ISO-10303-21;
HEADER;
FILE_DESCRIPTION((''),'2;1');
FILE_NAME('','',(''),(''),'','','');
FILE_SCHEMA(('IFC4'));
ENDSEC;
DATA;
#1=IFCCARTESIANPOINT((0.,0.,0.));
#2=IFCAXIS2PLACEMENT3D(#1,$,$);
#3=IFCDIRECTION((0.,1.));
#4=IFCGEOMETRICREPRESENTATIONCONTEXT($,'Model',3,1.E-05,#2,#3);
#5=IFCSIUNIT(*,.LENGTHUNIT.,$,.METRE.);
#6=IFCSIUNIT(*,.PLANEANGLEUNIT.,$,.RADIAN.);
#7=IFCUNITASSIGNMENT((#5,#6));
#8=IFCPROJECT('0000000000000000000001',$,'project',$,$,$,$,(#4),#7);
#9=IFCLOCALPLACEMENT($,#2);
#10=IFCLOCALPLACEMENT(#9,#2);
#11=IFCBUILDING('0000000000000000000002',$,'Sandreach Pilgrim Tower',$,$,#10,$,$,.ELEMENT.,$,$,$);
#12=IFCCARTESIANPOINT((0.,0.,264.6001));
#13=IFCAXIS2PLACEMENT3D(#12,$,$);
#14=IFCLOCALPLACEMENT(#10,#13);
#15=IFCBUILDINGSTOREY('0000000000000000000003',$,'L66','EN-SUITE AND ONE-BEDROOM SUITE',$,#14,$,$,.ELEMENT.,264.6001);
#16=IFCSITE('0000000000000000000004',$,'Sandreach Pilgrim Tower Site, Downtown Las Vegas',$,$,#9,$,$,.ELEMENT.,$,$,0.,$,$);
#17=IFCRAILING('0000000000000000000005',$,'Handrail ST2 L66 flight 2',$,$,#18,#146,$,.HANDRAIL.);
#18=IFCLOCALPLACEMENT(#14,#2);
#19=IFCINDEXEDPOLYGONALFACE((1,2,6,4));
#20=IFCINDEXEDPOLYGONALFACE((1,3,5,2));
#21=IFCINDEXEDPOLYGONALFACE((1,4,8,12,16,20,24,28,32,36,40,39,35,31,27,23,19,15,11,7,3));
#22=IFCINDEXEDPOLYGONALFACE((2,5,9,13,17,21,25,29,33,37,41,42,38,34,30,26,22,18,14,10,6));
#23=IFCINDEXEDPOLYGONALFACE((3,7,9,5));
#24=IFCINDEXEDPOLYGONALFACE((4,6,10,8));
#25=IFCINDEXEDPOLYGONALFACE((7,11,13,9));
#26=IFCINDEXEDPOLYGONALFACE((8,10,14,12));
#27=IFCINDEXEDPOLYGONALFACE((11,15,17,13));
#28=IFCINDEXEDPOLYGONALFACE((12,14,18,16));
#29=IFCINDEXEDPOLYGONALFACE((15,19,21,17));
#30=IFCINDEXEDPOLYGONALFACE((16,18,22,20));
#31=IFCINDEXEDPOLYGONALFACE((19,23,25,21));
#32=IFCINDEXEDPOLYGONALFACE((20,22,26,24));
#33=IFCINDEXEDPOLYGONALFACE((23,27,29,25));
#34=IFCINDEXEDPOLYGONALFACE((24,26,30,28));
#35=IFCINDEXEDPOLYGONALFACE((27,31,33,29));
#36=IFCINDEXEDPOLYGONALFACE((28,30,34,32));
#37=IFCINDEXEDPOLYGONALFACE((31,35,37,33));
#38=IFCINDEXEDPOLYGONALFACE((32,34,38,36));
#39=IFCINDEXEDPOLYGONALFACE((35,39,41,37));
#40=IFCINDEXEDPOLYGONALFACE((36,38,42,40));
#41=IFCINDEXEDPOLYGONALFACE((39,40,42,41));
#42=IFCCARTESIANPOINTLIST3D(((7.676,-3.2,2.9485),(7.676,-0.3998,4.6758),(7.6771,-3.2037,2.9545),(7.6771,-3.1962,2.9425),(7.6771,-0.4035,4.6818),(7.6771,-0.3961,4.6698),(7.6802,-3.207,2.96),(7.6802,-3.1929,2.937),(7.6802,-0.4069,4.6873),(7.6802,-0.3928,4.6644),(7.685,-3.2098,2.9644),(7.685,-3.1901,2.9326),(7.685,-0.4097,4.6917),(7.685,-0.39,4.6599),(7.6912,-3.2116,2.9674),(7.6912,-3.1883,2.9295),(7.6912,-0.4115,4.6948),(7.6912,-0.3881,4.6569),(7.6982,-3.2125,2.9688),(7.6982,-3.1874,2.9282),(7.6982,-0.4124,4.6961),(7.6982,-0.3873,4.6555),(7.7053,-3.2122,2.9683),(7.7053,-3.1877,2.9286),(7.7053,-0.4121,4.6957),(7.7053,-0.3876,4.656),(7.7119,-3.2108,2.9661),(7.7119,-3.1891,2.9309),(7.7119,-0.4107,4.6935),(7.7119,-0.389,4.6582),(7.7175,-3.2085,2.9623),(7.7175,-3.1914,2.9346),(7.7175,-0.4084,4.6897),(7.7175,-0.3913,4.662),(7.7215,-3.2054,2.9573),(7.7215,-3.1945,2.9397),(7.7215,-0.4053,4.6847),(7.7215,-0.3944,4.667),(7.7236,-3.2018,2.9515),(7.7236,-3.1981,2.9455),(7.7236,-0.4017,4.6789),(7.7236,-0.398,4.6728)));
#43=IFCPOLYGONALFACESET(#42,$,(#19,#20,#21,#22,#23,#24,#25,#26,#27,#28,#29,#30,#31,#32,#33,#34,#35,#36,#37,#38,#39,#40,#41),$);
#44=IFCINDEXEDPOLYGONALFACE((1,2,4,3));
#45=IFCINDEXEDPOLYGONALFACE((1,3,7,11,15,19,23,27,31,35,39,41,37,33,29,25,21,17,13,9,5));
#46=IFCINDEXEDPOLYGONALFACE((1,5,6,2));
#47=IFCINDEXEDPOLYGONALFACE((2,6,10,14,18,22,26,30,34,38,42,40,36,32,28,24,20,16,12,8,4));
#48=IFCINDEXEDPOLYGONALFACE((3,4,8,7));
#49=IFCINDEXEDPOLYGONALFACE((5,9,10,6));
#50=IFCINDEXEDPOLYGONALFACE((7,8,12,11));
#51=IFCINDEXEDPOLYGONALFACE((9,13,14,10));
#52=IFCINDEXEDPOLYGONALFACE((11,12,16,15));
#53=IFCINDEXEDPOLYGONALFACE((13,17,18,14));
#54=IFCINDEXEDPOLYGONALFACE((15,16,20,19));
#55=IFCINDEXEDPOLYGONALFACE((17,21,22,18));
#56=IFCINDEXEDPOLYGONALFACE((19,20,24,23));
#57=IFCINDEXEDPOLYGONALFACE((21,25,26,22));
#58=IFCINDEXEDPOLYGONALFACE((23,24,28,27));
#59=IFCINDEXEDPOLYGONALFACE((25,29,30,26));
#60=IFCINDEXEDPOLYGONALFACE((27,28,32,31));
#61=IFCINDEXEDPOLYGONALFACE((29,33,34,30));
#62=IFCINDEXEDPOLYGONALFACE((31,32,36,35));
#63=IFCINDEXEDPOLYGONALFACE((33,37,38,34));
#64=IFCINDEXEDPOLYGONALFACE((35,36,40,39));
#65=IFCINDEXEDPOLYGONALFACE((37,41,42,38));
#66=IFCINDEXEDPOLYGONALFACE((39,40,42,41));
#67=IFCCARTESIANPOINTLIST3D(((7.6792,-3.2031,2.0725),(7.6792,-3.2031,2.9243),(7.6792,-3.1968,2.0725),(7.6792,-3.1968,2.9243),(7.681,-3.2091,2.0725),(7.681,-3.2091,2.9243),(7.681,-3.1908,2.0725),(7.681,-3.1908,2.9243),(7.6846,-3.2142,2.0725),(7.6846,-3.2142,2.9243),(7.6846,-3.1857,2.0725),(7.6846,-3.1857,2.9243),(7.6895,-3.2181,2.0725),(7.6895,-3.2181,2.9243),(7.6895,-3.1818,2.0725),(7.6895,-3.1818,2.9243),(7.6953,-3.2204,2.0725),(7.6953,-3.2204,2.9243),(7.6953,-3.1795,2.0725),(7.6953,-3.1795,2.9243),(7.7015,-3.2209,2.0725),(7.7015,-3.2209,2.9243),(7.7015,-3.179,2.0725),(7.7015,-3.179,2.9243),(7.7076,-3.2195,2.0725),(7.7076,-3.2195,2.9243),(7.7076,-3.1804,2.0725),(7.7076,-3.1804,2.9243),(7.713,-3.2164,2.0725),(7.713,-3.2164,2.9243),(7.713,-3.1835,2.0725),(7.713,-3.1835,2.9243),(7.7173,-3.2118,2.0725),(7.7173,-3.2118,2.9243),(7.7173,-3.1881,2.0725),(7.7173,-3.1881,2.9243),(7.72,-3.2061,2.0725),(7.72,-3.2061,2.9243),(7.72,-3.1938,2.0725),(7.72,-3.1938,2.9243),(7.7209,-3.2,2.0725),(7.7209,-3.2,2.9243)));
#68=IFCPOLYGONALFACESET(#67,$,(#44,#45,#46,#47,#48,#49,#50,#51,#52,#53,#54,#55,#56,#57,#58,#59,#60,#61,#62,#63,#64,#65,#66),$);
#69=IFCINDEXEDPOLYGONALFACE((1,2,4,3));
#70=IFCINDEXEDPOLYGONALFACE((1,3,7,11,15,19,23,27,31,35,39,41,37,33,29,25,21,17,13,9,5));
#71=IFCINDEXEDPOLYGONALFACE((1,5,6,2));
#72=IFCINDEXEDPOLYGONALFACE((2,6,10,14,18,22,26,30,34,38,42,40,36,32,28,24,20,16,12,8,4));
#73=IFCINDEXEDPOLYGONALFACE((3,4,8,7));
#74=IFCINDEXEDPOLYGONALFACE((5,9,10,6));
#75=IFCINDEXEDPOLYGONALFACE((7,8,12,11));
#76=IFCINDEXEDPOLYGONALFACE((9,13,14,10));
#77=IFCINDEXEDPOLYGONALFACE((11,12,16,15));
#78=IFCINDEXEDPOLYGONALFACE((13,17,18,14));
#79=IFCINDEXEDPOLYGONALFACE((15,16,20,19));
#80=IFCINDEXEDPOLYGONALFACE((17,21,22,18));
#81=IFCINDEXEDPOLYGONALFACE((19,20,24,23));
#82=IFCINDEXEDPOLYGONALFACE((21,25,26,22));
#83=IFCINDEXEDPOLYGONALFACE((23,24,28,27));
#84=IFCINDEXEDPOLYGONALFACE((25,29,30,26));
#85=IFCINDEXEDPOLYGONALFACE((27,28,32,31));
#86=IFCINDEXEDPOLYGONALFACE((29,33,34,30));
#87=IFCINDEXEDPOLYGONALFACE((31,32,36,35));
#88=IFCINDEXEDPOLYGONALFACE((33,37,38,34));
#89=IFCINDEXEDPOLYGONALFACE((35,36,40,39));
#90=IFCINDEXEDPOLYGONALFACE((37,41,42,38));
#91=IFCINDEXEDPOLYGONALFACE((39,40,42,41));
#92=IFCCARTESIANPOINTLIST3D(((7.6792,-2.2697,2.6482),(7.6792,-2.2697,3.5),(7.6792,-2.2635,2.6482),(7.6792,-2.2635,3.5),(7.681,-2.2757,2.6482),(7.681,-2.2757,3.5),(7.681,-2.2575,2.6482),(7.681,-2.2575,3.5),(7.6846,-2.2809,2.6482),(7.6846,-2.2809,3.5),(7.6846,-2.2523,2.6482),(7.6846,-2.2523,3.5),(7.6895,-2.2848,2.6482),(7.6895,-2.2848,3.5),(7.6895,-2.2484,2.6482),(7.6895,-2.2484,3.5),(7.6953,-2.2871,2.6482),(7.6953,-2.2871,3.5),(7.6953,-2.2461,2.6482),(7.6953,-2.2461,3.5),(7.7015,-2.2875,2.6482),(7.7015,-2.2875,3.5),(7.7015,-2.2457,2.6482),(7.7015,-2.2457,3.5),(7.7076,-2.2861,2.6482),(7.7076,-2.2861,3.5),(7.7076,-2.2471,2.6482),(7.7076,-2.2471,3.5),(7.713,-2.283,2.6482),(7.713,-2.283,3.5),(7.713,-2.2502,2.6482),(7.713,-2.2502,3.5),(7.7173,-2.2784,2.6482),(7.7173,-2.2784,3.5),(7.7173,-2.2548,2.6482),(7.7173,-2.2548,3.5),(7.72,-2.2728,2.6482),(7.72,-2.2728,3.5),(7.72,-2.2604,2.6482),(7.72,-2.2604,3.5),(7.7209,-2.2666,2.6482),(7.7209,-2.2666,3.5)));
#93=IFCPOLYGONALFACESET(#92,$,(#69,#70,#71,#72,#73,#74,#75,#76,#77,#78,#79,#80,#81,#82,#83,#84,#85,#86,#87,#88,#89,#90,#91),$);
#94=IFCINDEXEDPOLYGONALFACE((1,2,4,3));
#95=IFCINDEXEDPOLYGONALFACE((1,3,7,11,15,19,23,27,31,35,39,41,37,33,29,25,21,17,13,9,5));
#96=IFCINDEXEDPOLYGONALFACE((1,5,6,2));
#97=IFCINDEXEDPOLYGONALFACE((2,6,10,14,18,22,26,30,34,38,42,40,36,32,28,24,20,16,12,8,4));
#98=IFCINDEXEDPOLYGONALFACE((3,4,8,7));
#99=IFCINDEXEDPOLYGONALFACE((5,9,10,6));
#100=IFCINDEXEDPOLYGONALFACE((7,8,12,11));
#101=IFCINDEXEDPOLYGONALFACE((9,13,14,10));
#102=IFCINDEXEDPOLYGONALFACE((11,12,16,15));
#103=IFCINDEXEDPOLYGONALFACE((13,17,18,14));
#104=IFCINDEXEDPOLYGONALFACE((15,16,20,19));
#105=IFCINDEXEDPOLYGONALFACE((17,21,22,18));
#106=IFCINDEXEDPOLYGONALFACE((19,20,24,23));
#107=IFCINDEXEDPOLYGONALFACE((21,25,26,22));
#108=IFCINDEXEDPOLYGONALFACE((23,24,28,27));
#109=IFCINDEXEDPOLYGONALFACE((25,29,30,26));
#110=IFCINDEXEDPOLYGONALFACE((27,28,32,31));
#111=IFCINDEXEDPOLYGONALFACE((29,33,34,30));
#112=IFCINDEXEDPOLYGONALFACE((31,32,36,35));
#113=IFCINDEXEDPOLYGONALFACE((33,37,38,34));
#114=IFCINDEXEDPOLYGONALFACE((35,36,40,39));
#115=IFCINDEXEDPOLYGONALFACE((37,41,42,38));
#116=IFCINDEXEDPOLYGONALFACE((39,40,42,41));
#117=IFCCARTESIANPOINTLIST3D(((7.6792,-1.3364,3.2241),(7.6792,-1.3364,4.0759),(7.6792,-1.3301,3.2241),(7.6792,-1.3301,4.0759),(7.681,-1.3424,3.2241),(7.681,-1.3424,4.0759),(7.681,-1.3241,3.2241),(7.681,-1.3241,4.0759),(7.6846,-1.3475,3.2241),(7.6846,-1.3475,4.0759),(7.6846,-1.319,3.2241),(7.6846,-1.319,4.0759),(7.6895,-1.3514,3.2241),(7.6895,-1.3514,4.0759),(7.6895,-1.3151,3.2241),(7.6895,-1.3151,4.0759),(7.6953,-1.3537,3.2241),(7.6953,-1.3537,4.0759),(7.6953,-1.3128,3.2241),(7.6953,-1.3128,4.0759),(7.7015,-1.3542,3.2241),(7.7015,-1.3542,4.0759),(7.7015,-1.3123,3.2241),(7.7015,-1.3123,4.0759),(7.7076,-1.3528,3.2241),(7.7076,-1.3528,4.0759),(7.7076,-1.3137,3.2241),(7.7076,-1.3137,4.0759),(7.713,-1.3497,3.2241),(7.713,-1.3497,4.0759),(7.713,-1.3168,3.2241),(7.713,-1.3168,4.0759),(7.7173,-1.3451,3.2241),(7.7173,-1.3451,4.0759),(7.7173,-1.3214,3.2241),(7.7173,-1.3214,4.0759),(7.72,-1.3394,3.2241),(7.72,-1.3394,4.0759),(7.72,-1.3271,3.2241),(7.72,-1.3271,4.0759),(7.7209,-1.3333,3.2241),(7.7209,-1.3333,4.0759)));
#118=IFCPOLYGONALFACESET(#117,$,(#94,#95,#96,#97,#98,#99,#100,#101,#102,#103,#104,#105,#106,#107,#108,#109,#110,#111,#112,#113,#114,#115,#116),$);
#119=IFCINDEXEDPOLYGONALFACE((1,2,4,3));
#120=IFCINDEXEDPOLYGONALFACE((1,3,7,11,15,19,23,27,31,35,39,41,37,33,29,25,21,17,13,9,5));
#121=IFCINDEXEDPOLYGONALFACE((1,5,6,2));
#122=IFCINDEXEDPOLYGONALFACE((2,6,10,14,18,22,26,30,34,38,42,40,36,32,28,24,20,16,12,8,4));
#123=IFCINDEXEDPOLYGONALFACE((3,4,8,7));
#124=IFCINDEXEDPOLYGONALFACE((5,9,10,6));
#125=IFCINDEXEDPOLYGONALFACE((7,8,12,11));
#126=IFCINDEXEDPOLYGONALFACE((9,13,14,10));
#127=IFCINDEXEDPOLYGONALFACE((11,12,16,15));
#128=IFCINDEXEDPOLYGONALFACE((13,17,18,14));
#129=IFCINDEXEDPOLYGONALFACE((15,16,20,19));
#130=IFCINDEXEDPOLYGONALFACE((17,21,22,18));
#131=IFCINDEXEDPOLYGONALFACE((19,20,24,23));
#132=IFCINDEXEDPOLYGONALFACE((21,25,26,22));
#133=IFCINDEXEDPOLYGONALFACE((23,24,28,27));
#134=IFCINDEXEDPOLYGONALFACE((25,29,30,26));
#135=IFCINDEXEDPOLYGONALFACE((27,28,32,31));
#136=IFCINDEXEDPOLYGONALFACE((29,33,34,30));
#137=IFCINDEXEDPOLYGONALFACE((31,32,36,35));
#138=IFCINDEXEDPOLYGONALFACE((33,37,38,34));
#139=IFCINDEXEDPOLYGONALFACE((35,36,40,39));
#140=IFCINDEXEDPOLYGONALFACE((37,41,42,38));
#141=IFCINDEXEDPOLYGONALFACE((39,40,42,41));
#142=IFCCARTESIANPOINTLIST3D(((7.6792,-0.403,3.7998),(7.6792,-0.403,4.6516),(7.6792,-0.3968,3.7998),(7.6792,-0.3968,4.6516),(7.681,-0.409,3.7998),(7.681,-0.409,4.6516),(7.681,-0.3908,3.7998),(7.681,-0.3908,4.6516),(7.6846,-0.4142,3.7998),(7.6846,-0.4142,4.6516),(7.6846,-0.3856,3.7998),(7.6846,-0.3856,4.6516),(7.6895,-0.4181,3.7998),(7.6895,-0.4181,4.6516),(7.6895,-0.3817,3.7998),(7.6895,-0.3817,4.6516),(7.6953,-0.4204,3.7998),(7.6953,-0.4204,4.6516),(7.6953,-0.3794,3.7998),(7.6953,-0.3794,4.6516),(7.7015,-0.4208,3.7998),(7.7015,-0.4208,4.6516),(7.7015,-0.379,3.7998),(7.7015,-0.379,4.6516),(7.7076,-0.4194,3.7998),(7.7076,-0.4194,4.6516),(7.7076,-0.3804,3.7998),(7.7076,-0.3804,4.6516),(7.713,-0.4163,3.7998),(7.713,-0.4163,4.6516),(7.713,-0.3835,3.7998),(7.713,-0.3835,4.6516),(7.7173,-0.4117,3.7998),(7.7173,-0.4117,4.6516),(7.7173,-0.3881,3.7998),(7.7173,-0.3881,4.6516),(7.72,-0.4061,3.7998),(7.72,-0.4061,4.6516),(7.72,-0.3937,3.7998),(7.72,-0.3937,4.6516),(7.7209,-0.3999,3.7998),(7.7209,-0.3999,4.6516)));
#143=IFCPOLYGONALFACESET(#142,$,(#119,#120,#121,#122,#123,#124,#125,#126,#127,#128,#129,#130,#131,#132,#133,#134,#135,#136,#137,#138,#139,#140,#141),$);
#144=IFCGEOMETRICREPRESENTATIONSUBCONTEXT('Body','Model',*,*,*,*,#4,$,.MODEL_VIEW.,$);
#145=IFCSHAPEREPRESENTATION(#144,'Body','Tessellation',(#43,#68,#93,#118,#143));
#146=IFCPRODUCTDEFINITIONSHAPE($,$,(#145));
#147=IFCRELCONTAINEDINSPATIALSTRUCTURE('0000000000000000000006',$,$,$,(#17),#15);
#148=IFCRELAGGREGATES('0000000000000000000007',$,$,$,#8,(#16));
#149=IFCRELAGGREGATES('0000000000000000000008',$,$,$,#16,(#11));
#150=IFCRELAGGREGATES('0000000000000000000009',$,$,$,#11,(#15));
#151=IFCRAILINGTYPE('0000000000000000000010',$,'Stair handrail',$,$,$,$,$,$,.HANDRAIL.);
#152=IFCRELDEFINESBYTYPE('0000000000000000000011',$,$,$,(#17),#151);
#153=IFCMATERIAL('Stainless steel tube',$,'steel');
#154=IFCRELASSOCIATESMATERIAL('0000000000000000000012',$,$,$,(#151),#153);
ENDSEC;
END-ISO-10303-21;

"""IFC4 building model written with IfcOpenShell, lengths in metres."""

from ifc_helpers import new_model, si_unit, direction, frame, origin, origin_2d, place, context, subcontext, project, spatial, circle, extrude, material, type_object, element, save


model = new_model("IFC4")

# Units and contexts
model_context = context("Model", 3, precision=1e-05, world=origin(), true_north=direction((0.0, 1.0)))
body_context = subcontext(model_context, "Body", "Model", "MODEL_VIEW")
ifc_project = project(units=[si_unit("LENGTHUNIT", "METRE"), si_unit("PLANEANGLEUNIT", "RADIAN")], contexts=[model_context])

# Site, building, storey
site_placement = place(None, origin())
site = spatial("IfcSite", under=ifc_project, at=site_placement, Name="Sandreach Pilgrim Tower Site, Downtown Las Vegas", CompositionType="ELEMENT", RefElevation=0.0)
building_placement = place(site_placement, origin())
building = spatial("IfcBuilding", under=site, at=building_placement, Name="Sandreach Pilgrim Tower", CompositionType="ELEMENT")
storey_placement = place(building_placement, frame((0.0, 0.0, 264.6001)))
storey = spatial("IfcBuildingStorey", under=building, at=storey_placement, Name="L66", Description="EN-SUITE AND ONE-BEDROOM SUITE", CompositionType="ELEMENT", Elevation=264.6001)

# Railing
ifc_material_1 = material(Name="Stainless steel tube", Category="steel")
railing_type = type_object("IfcRailingType", Name="Stair handrail", PredefinedType="HANDRAIL", material=ifc_material_1)
for number, where, name in (
    (1, (7.7, -3.2, 2.0725), "Handrail ST2 L66 flight 2"),
):
    element("IfcRailing", number, at=place(storey_placement, frame(where)), inside=storey, type_object=railing_type, Name=name, PredefinedType="HANDRAIL", context=body_context, shape_type="SweptSolid", body=[
        extrude(circle(Radius=0.0239, at=origin_2d()), frame((0.0, 0.0, 0.876), z_axis=(0.0, 0.85109, 0.52502), x_axis=(-1.0, 0.0, 0.0)), (0.0, 0.0, 1.0), 3.29),
        extrude(circle(Radius=0.021, at=origin_2d()), origin(), (0.0, 0.0, 1.0), 0.8518),
        extrude(circle(Radius=0.021, at=origin_2d()), frame((0.0, 0.9333, 0.5757)), (0.0, 0.0, 1.0), 0.8518),
        extrude(circle(Radius=0.021, at=origin_2d()), frame((0.0, 1.8667, 1.1516)), (0.0, 0.0, 1.0), 0.8518),
        extrude(circle(Radius=0.021, at=origin_2d()), frame((0.0, 2.8, 1.7273)), (0.0, 0.0, 1.0), 0.8518),
    ])

save(model, "model.ifc")
